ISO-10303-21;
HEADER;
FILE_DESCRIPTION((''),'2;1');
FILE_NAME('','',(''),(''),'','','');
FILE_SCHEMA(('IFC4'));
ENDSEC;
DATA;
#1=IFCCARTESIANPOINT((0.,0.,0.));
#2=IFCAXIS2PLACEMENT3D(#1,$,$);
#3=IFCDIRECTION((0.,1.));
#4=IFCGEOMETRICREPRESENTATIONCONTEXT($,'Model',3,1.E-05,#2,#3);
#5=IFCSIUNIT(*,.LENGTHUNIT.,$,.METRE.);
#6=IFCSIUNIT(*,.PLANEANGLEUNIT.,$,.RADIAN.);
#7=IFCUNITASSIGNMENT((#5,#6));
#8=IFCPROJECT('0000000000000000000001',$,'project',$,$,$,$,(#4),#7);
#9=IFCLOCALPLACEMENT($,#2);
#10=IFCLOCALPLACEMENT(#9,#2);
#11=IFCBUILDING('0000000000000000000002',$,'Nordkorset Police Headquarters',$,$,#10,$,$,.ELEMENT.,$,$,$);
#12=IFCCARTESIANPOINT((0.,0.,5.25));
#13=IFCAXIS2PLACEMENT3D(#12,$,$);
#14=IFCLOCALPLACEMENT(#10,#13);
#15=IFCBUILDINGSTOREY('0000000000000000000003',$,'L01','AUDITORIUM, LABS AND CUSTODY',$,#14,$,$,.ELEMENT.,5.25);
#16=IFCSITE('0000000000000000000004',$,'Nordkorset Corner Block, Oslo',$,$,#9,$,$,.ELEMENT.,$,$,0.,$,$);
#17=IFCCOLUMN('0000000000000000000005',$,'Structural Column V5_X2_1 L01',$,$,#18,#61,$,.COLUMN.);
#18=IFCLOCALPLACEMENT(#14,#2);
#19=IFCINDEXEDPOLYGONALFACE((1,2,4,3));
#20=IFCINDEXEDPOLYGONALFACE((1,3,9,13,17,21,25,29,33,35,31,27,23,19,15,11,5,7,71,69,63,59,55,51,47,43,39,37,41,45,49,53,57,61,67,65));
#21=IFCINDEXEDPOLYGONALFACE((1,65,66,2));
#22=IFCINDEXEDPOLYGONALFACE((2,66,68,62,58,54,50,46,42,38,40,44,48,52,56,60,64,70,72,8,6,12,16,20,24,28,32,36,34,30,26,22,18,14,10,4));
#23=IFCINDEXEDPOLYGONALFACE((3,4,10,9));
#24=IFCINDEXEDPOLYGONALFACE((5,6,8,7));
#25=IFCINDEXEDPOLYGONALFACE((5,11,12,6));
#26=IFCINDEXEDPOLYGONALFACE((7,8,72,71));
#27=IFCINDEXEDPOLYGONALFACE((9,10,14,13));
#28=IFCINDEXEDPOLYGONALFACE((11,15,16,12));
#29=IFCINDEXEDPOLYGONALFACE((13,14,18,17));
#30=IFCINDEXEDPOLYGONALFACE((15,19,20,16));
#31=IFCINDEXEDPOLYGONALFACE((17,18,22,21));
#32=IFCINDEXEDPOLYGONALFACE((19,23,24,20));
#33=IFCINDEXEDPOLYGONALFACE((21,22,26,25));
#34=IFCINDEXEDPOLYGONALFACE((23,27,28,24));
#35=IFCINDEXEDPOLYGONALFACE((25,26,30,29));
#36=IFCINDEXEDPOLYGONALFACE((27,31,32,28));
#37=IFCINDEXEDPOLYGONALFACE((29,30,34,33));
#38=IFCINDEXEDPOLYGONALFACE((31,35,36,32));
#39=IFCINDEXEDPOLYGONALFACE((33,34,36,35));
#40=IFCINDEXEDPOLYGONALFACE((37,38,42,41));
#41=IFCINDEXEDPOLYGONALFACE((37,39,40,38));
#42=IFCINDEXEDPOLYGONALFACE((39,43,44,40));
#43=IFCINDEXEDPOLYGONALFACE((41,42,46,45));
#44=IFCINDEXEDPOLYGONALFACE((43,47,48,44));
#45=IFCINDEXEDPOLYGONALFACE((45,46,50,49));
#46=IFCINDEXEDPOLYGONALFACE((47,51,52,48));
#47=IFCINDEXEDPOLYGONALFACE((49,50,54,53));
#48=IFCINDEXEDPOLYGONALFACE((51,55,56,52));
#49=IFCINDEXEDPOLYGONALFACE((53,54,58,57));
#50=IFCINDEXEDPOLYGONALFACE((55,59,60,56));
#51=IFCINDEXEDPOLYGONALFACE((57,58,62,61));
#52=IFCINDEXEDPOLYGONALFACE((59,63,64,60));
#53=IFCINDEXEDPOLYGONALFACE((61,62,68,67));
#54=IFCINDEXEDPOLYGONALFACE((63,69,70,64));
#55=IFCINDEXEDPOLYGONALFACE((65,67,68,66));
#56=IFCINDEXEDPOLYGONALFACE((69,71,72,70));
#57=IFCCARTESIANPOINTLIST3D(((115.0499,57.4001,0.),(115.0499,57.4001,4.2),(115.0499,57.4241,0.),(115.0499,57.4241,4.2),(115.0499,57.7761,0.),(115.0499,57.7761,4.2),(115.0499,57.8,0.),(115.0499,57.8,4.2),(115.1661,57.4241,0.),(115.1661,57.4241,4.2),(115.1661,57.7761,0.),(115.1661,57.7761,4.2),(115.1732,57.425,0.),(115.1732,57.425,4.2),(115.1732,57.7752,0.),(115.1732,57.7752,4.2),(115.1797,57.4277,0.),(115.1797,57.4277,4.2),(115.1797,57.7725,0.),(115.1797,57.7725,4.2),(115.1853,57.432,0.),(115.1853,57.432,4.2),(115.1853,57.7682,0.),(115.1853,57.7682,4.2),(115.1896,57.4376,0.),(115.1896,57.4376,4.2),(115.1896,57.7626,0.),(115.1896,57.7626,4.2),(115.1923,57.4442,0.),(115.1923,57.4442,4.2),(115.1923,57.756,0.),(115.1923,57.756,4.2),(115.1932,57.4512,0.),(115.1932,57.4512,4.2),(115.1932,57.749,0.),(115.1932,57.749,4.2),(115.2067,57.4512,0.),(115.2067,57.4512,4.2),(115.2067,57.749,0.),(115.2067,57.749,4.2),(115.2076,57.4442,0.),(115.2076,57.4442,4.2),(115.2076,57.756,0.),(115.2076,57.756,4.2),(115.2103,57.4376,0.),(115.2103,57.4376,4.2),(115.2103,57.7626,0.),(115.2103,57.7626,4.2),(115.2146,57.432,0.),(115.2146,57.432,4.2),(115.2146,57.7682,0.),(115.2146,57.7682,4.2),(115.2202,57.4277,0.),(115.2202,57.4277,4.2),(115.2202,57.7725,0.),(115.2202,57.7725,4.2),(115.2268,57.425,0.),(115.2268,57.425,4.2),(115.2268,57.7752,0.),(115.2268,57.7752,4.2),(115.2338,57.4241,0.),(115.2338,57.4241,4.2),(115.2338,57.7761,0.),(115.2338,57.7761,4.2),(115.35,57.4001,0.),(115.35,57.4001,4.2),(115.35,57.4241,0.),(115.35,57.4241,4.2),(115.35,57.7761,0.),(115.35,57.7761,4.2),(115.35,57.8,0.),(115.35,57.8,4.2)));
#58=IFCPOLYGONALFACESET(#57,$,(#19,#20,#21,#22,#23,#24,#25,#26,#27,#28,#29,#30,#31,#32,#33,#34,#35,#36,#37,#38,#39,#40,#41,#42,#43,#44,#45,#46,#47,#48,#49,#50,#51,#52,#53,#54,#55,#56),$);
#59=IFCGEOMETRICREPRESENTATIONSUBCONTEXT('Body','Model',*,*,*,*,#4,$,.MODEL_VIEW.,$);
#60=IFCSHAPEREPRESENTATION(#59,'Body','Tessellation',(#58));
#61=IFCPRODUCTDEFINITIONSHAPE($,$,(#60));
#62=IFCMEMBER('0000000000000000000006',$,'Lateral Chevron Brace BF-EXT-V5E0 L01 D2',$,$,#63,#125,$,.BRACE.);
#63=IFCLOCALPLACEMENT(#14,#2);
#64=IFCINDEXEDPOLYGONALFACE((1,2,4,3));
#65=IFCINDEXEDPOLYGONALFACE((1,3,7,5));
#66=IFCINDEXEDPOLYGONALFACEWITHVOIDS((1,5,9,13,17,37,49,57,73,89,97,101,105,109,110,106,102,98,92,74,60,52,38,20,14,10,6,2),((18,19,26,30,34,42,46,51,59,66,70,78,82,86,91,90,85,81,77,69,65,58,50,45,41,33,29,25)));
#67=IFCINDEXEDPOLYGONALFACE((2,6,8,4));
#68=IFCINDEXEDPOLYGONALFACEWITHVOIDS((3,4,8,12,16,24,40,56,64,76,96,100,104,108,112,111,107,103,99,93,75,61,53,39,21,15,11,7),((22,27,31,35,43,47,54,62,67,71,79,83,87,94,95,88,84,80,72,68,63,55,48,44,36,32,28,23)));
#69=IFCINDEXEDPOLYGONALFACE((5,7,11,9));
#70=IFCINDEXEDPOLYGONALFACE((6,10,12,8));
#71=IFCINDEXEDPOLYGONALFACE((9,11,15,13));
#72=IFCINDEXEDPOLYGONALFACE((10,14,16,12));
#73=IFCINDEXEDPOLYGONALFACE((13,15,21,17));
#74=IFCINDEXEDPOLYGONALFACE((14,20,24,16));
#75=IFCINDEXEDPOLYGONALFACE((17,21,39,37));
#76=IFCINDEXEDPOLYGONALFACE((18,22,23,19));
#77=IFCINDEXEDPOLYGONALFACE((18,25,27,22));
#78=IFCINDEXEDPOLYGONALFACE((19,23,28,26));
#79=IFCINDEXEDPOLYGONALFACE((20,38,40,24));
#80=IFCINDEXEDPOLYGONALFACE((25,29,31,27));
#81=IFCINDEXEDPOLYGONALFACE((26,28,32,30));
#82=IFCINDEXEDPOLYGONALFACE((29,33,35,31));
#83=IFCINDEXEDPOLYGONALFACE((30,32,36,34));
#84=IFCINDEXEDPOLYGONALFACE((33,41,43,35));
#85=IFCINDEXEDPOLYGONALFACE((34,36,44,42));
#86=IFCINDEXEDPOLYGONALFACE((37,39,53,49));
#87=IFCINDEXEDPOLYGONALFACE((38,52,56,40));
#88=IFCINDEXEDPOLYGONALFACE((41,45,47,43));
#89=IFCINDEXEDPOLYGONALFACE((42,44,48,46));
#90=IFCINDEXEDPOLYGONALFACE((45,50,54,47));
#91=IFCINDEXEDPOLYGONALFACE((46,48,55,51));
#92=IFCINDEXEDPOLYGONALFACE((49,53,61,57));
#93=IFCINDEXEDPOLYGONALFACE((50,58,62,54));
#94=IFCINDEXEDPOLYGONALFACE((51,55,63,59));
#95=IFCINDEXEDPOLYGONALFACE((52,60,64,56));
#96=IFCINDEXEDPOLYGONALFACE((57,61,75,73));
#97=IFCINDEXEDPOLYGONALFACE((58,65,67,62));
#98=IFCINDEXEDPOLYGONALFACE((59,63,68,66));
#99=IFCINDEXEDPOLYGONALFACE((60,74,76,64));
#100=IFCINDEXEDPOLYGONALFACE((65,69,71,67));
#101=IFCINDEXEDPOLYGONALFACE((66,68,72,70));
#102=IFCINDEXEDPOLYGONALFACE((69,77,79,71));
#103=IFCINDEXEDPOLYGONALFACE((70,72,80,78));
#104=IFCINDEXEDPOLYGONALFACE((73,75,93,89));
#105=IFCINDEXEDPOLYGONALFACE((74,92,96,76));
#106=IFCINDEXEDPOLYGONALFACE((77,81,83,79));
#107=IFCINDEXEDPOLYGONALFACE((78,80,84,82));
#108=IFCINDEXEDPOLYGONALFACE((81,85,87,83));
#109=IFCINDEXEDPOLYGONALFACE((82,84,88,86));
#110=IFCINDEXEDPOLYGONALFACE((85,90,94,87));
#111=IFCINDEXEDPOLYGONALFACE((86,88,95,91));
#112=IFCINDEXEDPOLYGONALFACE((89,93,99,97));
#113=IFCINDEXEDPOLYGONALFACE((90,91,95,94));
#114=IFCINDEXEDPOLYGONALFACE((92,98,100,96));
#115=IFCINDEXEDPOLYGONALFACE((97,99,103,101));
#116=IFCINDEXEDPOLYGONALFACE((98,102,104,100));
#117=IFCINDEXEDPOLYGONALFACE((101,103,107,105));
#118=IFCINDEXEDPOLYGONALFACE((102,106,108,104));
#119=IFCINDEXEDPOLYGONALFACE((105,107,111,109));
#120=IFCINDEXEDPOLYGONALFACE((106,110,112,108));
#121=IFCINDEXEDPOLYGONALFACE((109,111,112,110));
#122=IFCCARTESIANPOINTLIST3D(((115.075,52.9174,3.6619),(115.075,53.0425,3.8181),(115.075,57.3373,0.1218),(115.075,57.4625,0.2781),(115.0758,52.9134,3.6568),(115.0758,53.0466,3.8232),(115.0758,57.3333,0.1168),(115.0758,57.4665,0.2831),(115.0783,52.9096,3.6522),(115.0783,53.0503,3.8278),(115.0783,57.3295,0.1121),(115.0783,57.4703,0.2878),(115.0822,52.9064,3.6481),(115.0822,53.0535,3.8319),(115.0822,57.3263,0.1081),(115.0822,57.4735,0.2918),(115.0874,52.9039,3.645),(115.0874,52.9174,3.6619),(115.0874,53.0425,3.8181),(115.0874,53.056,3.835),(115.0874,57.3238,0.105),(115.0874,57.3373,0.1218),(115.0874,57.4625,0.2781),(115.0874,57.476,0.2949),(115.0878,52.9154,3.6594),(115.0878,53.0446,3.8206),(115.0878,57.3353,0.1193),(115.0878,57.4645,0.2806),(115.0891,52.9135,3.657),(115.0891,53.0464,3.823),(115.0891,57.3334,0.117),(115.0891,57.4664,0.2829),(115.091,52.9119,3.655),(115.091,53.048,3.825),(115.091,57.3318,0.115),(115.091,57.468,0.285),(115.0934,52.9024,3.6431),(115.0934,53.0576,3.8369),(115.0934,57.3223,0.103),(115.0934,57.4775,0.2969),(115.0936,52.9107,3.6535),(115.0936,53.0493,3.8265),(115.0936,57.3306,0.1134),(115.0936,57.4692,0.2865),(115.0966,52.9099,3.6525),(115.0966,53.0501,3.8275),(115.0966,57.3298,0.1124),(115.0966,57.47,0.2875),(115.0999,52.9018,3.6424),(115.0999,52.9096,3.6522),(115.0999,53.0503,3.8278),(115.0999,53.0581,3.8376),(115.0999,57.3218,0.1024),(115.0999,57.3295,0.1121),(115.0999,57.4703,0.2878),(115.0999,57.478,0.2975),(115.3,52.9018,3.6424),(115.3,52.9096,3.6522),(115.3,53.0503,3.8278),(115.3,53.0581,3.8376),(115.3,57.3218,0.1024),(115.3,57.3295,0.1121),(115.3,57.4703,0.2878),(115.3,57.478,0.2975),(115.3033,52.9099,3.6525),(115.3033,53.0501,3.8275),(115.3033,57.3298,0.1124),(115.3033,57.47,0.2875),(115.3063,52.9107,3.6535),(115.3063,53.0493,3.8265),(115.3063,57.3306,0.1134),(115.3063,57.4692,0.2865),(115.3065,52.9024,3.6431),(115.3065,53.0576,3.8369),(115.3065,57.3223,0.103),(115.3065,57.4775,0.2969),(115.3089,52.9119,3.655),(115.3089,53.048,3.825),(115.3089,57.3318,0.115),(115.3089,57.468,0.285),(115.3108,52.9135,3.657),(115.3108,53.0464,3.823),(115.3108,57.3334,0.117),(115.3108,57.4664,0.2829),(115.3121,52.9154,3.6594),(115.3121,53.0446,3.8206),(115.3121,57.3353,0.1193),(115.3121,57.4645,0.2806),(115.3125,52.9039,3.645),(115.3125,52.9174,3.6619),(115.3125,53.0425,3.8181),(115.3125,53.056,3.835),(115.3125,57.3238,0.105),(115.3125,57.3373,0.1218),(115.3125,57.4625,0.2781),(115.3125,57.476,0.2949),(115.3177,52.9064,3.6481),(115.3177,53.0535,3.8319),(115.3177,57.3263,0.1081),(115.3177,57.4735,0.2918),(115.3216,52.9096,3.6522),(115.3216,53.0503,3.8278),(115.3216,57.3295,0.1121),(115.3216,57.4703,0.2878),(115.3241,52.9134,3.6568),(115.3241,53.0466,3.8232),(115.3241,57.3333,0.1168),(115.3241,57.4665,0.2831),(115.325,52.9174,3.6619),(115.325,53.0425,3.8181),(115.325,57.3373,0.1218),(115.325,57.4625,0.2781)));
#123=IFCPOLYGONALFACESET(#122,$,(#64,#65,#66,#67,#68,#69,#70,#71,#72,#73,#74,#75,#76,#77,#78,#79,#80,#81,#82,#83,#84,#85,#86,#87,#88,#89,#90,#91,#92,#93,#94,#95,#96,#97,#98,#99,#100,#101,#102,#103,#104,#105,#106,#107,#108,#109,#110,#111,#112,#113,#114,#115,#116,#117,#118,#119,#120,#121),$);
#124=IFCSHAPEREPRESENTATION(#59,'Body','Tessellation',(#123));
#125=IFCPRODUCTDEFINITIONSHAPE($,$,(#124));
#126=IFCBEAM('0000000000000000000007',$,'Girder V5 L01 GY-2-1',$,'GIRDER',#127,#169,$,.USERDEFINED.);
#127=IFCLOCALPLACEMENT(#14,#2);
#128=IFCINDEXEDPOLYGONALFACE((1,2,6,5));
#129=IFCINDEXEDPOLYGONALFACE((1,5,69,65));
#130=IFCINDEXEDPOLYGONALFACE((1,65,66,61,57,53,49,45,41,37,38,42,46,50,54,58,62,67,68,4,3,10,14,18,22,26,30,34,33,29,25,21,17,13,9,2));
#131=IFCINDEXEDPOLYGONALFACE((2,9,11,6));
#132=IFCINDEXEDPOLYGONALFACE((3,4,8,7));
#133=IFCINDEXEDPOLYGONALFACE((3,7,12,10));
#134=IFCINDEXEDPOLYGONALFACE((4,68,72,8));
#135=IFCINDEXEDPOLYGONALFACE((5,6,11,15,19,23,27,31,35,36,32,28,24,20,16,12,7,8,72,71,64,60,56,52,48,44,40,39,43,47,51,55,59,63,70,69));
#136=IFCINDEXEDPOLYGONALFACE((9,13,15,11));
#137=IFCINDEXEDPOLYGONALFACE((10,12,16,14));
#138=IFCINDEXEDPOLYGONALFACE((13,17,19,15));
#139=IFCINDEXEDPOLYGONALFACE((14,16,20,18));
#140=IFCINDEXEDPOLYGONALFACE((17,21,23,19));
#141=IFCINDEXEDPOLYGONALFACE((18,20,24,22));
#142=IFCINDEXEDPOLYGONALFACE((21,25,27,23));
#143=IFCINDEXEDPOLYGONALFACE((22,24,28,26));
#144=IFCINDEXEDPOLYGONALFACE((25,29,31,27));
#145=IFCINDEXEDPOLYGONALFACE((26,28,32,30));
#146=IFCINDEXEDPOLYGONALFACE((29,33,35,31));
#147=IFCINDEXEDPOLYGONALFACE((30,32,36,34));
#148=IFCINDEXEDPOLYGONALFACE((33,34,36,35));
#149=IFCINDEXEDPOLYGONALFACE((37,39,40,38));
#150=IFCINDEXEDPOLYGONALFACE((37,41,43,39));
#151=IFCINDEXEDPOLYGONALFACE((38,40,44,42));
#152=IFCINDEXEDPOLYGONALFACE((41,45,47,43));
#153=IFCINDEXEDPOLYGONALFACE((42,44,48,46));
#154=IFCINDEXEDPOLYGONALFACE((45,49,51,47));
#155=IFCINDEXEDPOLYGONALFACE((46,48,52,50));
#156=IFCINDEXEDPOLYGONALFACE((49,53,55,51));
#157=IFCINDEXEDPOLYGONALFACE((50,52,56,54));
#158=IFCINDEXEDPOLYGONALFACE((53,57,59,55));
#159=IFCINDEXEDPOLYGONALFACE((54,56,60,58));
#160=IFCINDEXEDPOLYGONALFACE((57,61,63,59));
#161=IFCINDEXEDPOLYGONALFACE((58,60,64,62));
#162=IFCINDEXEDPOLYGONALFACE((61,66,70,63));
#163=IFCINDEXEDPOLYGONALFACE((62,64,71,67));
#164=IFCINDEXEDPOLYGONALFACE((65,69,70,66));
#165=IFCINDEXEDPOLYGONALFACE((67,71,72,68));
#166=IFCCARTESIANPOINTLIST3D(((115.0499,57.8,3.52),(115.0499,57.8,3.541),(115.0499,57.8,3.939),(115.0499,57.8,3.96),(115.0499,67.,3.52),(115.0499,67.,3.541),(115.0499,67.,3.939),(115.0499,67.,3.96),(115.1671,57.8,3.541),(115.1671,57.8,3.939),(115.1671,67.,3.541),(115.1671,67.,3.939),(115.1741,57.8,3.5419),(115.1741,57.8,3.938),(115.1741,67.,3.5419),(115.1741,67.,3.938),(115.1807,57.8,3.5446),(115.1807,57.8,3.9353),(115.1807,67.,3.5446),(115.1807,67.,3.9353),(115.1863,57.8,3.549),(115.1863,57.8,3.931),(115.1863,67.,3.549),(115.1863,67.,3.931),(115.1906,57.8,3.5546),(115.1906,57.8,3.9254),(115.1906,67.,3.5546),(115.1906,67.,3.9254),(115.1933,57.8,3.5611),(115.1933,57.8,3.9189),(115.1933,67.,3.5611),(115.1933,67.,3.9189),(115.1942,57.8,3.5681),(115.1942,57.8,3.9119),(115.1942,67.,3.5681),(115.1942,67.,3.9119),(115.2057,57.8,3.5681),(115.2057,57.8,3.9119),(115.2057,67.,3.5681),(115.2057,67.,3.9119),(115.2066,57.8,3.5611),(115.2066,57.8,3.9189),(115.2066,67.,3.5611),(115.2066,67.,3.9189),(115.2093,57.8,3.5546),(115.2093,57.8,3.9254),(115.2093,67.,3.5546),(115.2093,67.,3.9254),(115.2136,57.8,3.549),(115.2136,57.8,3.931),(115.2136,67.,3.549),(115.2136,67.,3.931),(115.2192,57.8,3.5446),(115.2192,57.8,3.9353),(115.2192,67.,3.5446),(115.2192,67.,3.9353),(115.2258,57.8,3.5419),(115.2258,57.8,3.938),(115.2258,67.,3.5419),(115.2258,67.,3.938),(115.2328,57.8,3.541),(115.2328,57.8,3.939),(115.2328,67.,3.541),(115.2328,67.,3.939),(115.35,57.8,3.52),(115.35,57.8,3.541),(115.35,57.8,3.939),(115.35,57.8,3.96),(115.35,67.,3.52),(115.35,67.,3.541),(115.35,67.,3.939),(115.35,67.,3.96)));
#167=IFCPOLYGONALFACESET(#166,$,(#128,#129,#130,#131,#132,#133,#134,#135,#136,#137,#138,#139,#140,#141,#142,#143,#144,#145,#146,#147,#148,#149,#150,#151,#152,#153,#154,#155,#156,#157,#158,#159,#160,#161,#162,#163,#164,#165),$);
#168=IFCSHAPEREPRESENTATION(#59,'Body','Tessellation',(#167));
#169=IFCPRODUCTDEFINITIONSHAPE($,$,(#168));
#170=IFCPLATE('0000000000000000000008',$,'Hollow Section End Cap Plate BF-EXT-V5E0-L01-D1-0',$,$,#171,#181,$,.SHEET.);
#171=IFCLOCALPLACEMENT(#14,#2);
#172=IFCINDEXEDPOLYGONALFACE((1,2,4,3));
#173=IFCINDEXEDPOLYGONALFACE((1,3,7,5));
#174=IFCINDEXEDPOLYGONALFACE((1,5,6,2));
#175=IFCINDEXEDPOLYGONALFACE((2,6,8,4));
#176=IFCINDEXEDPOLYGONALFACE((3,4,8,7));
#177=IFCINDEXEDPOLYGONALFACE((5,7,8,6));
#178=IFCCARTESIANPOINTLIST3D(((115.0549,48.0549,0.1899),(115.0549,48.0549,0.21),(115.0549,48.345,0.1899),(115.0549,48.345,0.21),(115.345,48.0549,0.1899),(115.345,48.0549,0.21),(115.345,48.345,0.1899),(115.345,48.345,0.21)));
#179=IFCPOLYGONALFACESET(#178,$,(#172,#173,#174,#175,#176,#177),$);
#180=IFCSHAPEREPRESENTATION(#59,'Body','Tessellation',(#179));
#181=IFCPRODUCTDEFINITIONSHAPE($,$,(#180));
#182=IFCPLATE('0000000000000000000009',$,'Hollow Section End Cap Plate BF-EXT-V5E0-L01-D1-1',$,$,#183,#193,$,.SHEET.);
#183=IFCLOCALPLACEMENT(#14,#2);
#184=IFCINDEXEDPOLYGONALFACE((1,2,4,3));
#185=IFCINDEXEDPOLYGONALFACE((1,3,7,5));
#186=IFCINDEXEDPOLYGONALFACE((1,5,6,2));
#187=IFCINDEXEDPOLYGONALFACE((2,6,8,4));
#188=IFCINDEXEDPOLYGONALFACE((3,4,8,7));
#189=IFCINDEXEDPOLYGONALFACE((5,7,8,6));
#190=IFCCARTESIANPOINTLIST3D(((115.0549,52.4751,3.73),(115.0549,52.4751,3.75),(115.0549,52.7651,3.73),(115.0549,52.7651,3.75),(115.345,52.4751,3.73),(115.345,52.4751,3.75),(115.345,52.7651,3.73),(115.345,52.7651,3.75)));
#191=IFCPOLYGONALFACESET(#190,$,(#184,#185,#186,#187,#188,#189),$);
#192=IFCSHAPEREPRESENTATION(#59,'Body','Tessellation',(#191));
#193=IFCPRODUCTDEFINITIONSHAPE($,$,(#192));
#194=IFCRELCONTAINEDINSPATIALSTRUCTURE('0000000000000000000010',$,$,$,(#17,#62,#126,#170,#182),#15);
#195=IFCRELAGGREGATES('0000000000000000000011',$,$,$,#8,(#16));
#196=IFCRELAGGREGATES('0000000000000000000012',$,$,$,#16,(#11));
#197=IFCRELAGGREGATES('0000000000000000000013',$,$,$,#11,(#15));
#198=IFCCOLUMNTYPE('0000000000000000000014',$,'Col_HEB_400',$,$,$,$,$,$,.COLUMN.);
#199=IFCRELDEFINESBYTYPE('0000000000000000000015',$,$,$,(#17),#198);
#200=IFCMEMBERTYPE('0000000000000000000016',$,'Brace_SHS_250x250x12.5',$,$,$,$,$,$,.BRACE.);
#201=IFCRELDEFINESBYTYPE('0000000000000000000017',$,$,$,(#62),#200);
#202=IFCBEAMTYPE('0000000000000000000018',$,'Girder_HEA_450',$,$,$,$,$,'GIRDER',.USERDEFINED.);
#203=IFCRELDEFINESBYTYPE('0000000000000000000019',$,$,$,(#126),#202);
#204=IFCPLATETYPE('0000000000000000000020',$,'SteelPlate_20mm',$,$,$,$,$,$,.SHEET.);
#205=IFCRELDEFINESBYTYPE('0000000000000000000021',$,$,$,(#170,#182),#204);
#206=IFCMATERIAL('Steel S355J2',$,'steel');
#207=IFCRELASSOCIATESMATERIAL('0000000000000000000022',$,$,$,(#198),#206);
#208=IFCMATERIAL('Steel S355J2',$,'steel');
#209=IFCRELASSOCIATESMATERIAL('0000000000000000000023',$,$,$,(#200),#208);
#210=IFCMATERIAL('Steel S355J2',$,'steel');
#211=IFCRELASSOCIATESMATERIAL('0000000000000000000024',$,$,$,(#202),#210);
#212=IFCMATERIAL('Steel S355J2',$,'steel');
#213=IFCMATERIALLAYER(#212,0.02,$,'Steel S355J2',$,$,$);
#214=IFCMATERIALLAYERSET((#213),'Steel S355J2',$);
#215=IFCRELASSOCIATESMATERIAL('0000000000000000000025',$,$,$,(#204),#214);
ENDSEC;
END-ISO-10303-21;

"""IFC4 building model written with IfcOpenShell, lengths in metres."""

from ifc_helpers import new_model, si_unit, direction, frame, origin, origin_2d, place, context, subcontext, project, spatial, rectangle, hollow_rectangle, i_section, extrude, material, layer, layer_set, material_profile, profile_set, type_object, element, save


model = new_model("IFC4")

# Units and contexts
model_context = context("Model", 3, precision=1e-05, world=origin(), true_north=direction((0.0, 1.0)))
body_context = subcontext(model_context, "Body", "Model", "MODEL_VIEW")
ifc_project = project(units=[si_unit("LENGTHUNIT", "METRE"), si_unit("PLANEANGLEUNIT", "RADIAN")], contexts=[model_context])

# Site, building, storey
site_placement = place(None, origin())
site = spatial("IfcSite", under=ifc_project, at=site_placement, Name="Nordkorset Corner Block, Oslo", CompositionType="ELEMENT", RefElevation=0.0)
building_placement = place(site_placement, origin())
building = spatial("IfcBuilding", under=site, at=building_placement, Name="Nordkorset Police Headquarters", CompositionType="ELEMENT")
storey_placement = place(building_placement, frame((0.0, 0.0, 5.25)))
storey = spatial("IfcBuildingStorey", under=building, at=storey_placement, Name="L01", Description="AUDITORIUM, LABS AND CUSTODY", CompositionType="ELEMENT", Elevation=5.25)

# Column
ifc_material_1 = material(Name="Steel S355J2", Category="steel")
ifc_material_profile_1 = material_profile(ifc_material_1, i_section(OverallWidth=0.3, OverallDepth=0.3999, WebThickness=0.0134, FlangeThickness=0.0239, FilletRadius=0.0271, at=origin_2d()), Name="HEB 400")
ifc_profile_set_1 = profile_set([ifc_material_profile_1], Name="Steel S355J2")
column_type = type_object("IfcColumnType", Name="Col_HEB_400", PredefinedType="COLUMN", material=ifc_profile_set_1)
column_placement = place(storey_placement, frame((115.2, 57.6001, 0.0), z_axis=(0.0, 0.0, 1.0), x_axis=(1.0, 0.0, 0.0)))
element("IfcColumn", 1, at=column_placement, inside=storey, type_object=column_type, Name="Structural Column V5_X2_1 L01", PredefinedType="COLUMN", context=body_context, shape_type="SweptSolid", body=[
    extrude(i_section(OverallWidth=0.3, OverallDepth=0.3999, WebThickness=0.0134, FlangeThickness=0.0239, FilletRadius=0.0271, at=origin_2d()), origin(), (0.0, 0.0, 1.0), 4.2),
])

# Member
ifc_material_2 = material(Name="Steel S355J2", Category="steel")
ifc_material_profile_2 = material_profile(ifc_material_2, hollow_rectangle(XDim=0.25, YDim=0.25, WallThickness=0.0125, InnerFilletRadius=0.0125, OuterFilletRadius=0.0249, at=origin_2d()), Name="SHS 250x250x12.5")
ifc_profile_set_2 = profile_set([ifc_material_profile_2], Name="Steel S355J2")
member_type = type_object("IfcMemberType", Name="Brace_SHS_250x250x12.5", PredefinedType="BRACE", material=ifc_profile_set_2)
member_placement = place(storey_placement, frame((115.2, 57.3999, 0.2), z_axis=(0.0, -0.780515, 0.625137), x_axis=(1.0, 0.0, 0.0)))
element("IfcMember", 2, at=member_placement, inside=storey, type_object=member_type, Name="Lateral Chevron Brace BF-EXT-V5E0 L01 D2", PredefinedType="BRACE", context=body_context, shape_type="SweptSolid", body=[
    extrude(hollow_rectangle(XDim=0.25, YDim=0.25, WallThickness=0.0125, InnerFilletRadius=0.0125, OuterFilletRadius=0.0249, at=origin_2d()), origin(), (0.0, 0.0, 1.0), 5.6628),
])

# Beam
ifc_material_3 = material(Name="Steel S355J2", Category="steel")
ifc_material_profile_3 = material_profile(ifc_material_3, i_section(OverallWidth=0.3, OverallDepth=0.4399, WebThickness=0.0115, FlangeThickness=0.021, FilletRadius=0.0271, at=origin_2d()), Name="HEA 450")
ifc_profile_set_3 = profile_set([ifc_material_profile_3], Name="Steel S355J2")
beam_type = type_object("IfcBeamType", Name="Girder_HEA_450", ElementType="GIRDER", PredefinedType="USERDEFINED", material=ifc_profile_set_3)
beam_placement = place(storey_placement, frame((115.2, 57.8, 3.74), z_axis=(0.0, 1.0, 0.0), x_axis=(-1.0, 0.0, 0.0)))
element("IfcBeam", 3, at=beam_placement, inside=storey, type_object=beam_type, Name="Girder V5 L01 GY-2-1", ObjectType="GIRDER", PredefinedType="USERDEFINED", context=body_context, shape_type="SweptSolid", body=[
    extrude(i_section(OverallWidth=0.3, OverallDepth=0.4399, WebThickness=0.0115, FlangeThickness=0.021, FilletRadius=0.0271, at=origin_2d()), origin(), (0.0, 0.0, 1.0), 9.2),
])

# Plates
ifc_material_4 = material(Name="Steel S355J2", Category="steel")
ifc_layer_1 = layer(ifc_material_4, 0.02, Name="Steel S355J2")
ifc_layer_set_1 = layer_set([ifc_layer_1], Name="Steel S355J2")
plate_type = type_object("IfcPlateType", Name="SteelPlate_20mm", PredefinedType="SHEET", material=ifc_layer_set_1)
for number, where, z_axis, x_axis, name in (
    (4, (115.2, 48.2, 0.1899), (0.0, 0.0, 1.0), (1.0, 0.0, 0.0), "Hollow Section End Cap Plate BF-EXT-V5E0-L01-D1-0"),
    (5, (115.2, 52.6201, 3.73), (0.0, 0.0, 1.0), (1.0, 0.0, 0.0), "Hollow Section End Cap Plate BF-EXT-V5E0-L01-D1-1"),
):
    element("IfcPlate", number, at=place(storey_placement, frame(where, z_axis=z_axis, x_axis=x_axis)), inside=storey, type_object=plate_type, Name=name, PredefinedType="SHEET", context=body_context, shape_type="SweptSolid", body=[
        extrude(rectangle(XDim=0.29, YDim=0.29, at=origin_2d()), origin(), (0.0, 0.0, 1.0), 0.02),
    ])

save(model, "model.ifc")
